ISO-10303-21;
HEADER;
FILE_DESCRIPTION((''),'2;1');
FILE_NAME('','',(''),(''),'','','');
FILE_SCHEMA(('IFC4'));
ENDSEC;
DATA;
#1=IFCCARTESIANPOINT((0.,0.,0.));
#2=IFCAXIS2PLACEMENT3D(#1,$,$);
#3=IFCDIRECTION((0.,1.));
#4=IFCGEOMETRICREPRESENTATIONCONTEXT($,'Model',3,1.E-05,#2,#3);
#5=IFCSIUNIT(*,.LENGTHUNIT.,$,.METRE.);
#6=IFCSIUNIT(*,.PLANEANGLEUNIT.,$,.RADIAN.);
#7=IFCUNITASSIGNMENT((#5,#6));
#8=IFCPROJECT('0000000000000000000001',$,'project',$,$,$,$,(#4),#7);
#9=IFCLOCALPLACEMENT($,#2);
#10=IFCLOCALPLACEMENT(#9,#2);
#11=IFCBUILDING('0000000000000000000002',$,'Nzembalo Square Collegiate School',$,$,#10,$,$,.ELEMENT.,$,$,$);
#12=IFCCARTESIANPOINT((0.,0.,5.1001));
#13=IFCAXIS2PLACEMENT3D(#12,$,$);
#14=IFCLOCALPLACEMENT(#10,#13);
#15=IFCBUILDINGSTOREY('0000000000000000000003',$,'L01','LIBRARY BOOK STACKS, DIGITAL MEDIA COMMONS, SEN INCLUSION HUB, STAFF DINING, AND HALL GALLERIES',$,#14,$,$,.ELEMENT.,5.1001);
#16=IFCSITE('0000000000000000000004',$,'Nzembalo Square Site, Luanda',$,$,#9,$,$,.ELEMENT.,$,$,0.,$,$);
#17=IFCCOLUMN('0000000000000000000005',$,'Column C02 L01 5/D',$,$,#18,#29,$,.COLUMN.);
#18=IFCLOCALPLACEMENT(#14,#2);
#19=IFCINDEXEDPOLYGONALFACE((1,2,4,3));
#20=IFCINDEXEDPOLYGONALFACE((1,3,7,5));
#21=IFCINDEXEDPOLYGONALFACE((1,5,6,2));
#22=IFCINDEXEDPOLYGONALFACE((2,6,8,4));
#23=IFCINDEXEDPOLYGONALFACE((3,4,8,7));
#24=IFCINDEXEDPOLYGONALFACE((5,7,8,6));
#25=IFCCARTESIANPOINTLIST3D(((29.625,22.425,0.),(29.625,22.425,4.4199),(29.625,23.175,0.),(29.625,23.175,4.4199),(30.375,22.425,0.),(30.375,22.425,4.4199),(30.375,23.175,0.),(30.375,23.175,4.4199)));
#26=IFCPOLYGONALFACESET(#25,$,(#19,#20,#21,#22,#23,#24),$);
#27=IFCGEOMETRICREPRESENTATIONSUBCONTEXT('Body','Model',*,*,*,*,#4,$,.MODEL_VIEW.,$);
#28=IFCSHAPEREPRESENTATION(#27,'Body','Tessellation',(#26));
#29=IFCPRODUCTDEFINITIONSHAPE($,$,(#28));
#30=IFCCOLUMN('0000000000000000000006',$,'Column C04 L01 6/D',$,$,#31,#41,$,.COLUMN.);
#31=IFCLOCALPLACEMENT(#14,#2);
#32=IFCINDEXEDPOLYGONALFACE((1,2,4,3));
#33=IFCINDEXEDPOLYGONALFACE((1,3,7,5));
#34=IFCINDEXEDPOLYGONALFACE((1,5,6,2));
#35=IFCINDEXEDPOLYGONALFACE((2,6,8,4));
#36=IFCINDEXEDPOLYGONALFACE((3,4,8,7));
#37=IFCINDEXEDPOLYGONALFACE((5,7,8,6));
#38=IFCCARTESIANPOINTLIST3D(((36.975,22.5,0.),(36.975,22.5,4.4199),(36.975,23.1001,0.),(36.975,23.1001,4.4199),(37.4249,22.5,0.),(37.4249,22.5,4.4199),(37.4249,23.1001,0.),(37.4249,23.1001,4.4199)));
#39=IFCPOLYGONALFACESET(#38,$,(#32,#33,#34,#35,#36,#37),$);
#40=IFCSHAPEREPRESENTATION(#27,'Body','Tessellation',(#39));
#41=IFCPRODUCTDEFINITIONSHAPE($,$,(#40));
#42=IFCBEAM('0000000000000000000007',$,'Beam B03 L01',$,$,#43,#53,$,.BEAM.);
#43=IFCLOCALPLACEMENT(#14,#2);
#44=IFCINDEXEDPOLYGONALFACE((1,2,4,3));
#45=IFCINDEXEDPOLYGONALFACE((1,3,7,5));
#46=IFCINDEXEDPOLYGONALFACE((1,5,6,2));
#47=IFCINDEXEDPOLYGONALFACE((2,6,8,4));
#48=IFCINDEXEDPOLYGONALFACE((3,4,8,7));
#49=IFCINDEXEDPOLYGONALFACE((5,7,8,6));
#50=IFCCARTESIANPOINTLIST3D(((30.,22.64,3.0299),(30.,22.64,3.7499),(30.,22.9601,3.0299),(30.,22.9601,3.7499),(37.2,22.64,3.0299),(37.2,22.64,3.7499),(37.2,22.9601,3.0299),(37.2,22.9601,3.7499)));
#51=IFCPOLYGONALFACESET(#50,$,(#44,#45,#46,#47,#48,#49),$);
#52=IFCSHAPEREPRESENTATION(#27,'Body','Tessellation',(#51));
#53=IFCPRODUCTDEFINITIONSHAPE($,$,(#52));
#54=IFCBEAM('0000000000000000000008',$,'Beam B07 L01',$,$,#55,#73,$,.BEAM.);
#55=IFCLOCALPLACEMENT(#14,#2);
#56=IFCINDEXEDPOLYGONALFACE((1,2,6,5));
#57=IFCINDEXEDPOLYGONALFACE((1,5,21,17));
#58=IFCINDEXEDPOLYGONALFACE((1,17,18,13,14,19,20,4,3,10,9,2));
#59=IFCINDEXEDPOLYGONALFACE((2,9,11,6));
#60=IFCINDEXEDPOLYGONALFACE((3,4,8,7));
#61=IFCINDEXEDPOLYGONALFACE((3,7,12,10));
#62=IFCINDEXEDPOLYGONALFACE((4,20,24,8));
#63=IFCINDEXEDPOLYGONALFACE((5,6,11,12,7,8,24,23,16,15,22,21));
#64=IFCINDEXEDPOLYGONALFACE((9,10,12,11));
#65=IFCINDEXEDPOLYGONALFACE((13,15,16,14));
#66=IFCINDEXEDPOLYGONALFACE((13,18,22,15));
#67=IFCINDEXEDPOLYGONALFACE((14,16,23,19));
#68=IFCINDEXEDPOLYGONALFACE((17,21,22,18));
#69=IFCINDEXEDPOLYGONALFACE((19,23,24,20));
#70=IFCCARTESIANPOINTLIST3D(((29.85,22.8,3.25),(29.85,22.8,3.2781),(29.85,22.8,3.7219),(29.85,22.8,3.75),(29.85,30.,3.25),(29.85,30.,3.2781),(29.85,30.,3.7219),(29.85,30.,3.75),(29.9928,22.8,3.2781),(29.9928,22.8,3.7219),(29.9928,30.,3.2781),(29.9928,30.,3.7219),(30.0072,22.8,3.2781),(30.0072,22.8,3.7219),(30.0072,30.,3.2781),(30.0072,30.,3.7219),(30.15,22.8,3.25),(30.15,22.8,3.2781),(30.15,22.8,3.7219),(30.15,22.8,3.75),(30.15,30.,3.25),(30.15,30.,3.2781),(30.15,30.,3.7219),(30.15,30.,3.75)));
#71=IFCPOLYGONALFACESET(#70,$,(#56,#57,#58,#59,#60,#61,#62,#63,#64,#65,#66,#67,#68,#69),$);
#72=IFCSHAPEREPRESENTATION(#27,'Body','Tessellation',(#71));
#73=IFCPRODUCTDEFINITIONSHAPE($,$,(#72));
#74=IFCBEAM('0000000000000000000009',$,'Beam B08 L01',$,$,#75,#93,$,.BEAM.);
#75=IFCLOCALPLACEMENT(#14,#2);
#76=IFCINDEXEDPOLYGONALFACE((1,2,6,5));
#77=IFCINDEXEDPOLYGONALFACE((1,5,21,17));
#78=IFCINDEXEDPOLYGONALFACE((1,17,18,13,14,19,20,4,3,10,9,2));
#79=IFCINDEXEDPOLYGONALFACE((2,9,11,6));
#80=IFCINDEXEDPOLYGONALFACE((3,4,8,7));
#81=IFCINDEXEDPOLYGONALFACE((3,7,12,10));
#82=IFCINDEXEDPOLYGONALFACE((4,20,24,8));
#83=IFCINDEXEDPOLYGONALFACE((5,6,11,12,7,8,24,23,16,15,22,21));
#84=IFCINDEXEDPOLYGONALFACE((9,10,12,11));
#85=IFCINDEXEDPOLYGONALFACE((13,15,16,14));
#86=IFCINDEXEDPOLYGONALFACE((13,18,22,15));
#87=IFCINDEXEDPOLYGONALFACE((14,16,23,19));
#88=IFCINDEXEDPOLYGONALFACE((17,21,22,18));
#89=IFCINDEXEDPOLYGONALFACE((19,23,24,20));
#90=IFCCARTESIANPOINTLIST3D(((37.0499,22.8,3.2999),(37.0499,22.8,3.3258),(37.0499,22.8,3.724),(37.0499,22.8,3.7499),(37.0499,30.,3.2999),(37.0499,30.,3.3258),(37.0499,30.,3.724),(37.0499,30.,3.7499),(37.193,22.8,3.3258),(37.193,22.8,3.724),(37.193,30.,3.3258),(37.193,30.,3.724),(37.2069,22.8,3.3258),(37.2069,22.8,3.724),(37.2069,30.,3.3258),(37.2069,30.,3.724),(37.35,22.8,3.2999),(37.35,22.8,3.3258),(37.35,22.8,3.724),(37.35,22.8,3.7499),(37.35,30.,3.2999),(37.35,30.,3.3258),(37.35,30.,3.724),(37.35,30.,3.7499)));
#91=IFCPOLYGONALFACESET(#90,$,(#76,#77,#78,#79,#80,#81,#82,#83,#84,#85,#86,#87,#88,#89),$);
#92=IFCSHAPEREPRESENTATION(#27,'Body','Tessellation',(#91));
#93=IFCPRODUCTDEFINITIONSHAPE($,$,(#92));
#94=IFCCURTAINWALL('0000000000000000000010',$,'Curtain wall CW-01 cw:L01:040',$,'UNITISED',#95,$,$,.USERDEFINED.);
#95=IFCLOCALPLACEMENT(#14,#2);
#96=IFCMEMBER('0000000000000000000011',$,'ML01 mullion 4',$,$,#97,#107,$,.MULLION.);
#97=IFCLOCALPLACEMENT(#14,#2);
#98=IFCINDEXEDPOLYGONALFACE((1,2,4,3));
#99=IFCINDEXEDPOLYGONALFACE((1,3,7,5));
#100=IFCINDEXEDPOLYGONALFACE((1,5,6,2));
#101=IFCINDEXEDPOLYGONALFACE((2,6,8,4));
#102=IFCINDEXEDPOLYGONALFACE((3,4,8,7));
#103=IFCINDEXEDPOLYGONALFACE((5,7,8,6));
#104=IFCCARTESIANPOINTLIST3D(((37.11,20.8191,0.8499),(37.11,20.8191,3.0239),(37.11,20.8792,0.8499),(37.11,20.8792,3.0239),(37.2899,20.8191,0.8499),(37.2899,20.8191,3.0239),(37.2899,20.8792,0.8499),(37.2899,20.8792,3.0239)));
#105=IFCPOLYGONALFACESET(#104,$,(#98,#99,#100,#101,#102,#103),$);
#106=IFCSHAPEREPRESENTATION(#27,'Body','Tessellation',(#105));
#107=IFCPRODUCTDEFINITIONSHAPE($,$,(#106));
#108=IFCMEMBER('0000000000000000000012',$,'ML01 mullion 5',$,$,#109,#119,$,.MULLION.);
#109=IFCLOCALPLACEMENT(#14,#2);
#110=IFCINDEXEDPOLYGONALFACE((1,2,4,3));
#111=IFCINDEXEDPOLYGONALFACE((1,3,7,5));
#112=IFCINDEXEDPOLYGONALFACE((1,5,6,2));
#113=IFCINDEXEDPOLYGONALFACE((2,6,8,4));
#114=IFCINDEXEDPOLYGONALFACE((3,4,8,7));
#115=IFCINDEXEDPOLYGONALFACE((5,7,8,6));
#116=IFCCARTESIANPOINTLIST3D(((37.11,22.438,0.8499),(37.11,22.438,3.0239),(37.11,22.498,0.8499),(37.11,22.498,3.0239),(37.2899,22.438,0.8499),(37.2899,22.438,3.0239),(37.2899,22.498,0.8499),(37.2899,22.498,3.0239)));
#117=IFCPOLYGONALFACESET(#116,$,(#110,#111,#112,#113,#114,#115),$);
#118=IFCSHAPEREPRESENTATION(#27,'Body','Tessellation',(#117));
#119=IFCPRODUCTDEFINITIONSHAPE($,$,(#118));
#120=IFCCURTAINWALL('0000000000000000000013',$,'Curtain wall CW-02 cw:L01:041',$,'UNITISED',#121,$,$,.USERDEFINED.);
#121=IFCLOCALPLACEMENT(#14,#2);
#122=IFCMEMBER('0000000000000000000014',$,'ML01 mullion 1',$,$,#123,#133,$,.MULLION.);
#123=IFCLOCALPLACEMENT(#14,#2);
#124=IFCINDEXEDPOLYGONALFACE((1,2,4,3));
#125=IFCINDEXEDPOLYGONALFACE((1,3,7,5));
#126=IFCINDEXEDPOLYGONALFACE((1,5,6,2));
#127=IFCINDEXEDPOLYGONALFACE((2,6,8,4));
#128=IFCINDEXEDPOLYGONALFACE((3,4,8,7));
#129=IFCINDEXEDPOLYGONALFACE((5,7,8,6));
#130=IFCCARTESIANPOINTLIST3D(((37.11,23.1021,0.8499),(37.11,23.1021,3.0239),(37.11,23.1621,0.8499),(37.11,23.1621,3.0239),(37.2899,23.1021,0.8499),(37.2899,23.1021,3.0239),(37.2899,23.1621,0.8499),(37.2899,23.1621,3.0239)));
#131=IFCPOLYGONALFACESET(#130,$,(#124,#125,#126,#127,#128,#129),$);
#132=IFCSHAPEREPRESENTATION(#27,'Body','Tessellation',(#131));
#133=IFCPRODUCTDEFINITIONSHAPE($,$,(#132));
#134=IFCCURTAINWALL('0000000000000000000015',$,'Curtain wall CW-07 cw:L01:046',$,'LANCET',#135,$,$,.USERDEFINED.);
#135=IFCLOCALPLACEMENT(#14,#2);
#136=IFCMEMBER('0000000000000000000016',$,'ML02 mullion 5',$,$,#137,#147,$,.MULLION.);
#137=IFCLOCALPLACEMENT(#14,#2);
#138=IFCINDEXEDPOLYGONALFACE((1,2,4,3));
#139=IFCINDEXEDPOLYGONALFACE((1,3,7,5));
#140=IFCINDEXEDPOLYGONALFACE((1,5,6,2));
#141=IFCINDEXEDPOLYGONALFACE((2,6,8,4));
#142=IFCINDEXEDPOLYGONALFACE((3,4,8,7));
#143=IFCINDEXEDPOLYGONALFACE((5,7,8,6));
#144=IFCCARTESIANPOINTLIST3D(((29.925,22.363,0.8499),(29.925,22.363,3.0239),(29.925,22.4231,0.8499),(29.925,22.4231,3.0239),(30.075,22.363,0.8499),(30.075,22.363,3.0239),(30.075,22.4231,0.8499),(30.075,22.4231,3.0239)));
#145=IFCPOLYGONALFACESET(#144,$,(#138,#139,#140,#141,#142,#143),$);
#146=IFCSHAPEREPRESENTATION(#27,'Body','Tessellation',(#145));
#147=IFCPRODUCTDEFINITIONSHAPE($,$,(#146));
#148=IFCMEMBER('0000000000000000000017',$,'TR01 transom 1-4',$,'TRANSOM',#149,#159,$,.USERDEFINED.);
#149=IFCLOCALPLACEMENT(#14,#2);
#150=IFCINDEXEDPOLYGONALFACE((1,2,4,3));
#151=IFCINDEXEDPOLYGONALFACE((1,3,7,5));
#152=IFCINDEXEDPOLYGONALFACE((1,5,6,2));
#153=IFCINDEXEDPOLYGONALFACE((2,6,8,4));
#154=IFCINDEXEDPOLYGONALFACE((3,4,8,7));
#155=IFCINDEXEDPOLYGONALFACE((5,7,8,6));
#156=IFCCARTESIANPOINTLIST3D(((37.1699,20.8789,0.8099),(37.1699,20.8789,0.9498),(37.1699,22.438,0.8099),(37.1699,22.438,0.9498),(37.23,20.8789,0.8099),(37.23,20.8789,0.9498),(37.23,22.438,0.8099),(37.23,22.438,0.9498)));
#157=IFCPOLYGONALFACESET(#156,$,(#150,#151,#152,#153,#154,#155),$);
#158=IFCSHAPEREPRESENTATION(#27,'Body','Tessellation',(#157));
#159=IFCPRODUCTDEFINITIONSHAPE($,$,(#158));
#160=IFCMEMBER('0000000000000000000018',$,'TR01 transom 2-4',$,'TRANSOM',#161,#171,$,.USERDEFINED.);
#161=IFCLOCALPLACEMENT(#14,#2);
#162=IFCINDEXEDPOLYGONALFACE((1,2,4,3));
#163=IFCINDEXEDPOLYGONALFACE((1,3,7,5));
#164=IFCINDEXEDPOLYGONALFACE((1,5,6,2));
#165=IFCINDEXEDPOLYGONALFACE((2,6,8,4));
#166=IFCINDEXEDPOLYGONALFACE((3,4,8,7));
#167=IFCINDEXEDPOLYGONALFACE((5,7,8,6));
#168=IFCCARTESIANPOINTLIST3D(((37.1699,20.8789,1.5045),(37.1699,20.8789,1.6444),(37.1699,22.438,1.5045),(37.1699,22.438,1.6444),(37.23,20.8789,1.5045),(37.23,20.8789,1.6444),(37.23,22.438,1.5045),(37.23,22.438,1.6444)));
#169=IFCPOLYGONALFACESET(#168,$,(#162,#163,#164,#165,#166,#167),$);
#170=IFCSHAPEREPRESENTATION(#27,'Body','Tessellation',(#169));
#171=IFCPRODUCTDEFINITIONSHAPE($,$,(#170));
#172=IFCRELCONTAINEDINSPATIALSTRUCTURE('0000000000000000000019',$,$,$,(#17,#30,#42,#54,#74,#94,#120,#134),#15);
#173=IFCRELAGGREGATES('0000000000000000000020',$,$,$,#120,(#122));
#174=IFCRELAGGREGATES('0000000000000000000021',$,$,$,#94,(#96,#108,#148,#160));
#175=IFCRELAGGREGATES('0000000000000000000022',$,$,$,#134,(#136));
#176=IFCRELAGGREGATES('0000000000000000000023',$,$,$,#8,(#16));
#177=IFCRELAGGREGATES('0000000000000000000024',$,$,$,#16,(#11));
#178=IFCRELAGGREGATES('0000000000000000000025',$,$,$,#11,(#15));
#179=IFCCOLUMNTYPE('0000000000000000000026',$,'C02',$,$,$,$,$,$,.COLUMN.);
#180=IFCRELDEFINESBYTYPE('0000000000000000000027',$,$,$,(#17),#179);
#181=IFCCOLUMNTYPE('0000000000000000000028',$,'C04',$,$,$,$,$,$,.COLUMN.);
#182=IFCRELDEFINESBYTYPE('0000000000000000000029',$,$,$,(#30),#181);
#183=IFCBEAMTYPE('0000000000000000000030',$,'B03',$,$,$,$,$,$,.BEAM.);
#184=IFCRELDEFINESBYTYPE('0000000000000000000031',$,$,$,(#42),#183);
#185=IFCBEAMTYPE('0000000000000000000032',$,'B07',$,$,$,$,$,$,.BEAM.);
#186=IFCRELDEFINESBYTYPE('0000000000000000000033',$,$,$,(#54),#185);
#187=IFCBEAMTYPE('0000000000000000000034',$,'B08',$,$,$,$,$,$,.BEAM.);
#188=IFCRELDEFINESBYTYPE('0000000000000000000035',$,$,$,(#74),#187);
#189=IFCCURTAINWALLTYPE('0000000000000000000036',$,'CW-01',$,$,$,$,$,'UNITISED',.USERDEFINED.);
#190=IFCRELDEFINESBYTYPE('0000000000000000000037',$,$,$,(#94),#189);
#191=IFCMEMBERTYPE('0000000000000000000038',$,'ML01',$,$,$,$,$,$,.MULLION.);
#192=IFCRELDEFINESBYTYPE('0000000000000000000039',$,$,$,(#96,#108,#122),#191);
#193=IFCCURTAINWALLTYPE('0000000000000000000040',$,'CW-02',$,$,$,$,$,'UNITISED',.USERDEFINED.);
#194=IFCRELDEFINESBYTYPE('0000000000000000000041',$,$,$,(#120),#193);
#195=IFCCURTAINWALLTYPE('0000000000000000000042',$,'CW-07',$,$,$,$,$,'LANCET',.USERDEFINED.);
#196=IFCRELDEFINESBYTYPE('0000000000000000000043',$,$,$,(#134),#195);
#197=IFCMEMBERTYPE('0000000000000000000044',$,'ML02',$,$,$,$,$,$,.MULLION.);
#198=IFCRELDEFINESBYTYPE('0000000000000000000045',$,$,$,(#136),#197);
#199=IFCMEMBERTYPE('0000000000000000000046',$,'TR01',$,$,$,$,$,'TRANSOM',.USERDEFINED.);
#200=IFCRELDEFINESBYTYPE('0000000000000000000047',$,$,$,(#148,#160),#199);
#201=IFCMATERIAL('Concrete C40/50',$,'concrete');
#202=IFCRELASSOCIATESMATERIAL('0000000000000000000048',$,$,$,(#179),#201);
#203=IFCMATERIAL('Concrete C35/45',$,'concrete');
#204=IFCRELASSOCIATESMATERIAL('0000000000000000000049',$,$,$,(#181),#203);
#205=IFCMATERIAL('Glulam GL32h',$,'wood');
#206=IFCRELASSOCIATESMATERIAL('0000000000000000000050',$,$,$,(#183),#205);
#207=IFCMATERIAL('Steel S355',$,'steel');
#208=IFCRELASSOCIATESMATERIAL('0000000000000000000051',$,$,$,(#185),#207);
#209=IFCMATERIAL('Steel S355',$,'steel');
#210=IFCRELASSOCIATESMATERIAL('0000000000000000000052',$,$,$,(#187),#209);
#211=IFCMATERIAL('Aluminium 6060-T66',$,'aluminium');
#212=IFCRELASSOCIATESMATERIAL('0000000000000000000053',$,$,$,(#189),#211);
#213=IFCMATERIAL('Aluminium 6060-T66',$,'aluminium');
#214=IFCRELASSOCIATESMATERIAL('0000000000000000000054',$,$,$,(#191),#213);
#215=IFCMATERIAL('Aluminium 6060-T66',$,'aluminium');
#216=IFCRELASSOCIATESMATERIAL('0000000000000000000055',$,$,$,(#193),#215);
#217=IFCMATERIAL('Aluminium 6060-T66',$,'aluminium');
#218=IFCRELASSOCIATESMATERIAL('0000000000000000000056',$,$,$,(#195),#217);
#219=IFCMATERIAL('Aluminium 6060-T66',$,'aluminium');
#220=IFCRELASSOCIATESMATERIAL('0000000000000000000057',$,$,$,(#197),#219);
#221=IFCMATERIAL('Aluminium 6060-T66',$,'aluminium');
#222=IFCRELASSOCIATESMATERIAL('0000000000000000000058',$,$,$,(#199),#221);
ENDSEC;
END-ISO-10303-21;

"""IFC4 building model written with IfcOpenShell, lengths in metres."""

from ifc_helpers import new_model, si_unit, direction, frame, origin, origin_2d, place, context, subcontext, project, spatial, rectangle, i_section, extrude, material, material_profile, profile_set, type_object, element, aggregate, save


model = new_model("IFC4")

# Units and contexts
model_context = context("Model", 3, precision=1e-05, world=origin(), true_north=direction((0.0, 1.0)))
body_context = subcontext(model_context, "Body", "Model", "MODEL_VIEW")
ifc_project = project(units=[si_unit("LENGTHUNIT", "METRE"), si_unit("PLANEANGLEUNIT", "RADIAN")], contexts=[model_context])

# Site, building, storey
site_placement = place(None, origin())
site = spatial("IfcSite", under=ifc_project, at=site_placement, Name="Nzembalo Square Site, Luanda", CompositionType="ELEMENT", RefElevation=0.0)
building_placement = place(site_placement, origin())
building = spatial("IfcBuilding", under=site, at=building_placement, Name="Nzembalo Square Collegiate School", CompositionType="ELEMENT")
storey_placement = place(building_placement, frame((0.0, 0.0, 5.1001)))
storey = spatial("IfcBuildingStorey", under=building, at=storey_placement, Name="L01", Description="LIBRARY BOOK STACKS, DIGITAL MEDIA COMMONS, SEN INCLUSION HUB, STAFF DINING, AND HALL GALLERIES", CompositionType="ELEMENT", Elevation=5.1001)

# Columns
ifc_material_1 = material(Name="Concrete C40/50", Category="concrete")
ifc_material_profile_1 = material_profile(ifc_material_1, rectangle(XDim=0.75, YDim=0.75, at=origin_2d()), Name="RC 750x750")
ifc_profile_set_1 = profile_set([ifc_material_profile_1], Name="Concrete C40/50")
column_type_1 = type_object("IfcColumnType", Name="C02", PredefinedType="COLUMN", material=ifc_profile_set_1)
column_1_placement = place(storey_placement, frame((30.0, 22.8, 0.0), z_axis=(0.0, 0.0, 1.0), x_axis=(1.0, 0.0, 0.0)))
element("IfcColumn", 1, at=column_1_placement, inside=storey, type_object=column_type_1, Name="Column C02 L01 5/D", PredefinedType="COLUMN", context=body_context, shape_type="SweptSolid", body=[
    extrude(rectangle(XDim=0.75, YDim=0.75, at=origin_2d()), origin(), (0.0, 0.0, 1.0), 4.4199),
])
ifc_material_2 = material(Name="Concrete C35/45", Category="concrete")
ifc_material_profile_2 = material_profile(ifc_material_2, rectangle(XDim=0.45, YDim=0.6001, at=origin_2d()), Name="RC 450x600")
ifc_profile_set_2 = profile_set([ifc_material_profile_2], Name="Concrete C35/45")
column_type_2 = type_object("IfcColumnType", Name="C04", PredefinedType="COLUMN", material=ifc_profile_set_2)
column_2_placement = place(storey_placement, frame((37.2, 22.8, 0.0), z_axis=(0.0, 0.0, 1.0), x_axis=(1.0, 0.0, 0.0)))
element("IfcColumn", 2, at=column_2_placement, inside=storey, type_object=column_type_2, Name="Column C04 L01 6/D", PredefinedType="COLUMN", context=body_context, shape_type="SweptSolid", body=[
    extrude(rectangle(XDim=0.45, YDim=0.6001, at=origin_2d()), origin(), (0.0, 0.0, 1.0), 4.4199),
])

# Beams
ifc_material_3 = material(Name="Glulam GL32h", Category="wood")
ifc_material_profile_3 = material_profile(ifc_material_3, rectangle(XDim=0.3201, YDim=0.72, at=origin_2d()), Name="GL32h 320x720")
ifc_profile_set_3 = profile_set([ifc_material_profile_3], Name="Glulam GL32h")
beam_type_1 = type_object("IfcBeamType", Name="B03", PredefinedType="BEAM", material=ifc_profile_set_3)
beam_1_placement = place(storey_placement, frame((30.0, 22.8, 3.3899), z_axis=(1.0, 0.0, 0.0), x_axis=(0.0, 1.0, 0.0)))
element("IfcBeam", 3, at=beam_1_placement, inside=storey, type_object=beam_type_1, Name="Beam B03 L01", PredefinedType="BEAM", context=body_context, shape_type="SweptSolid", body=[
    extrude(rectangle(XDim=0.3201, YDim=0.72, at=origin_2d()), origin(), (0.0, 0.0, 1.0), 7.2),
])
ifc_material_4 = material(Name="Steel S355", Category="steel")
ifc_material_profile_4 = material_profile(ifc_material_4, i_section(OverallWidth=0.3, OverallDepth=0.5, WebThickness=0.0144, FlangeThickness=0.0281, at=origin_2d()), Name="HEB 500")
ifc_profile_set_4 = profile_set([ifc_material_profile_4], Name="Steel S355")
beam_type_2 = type_object("IfcBeamType", Name="B07", PredefinedType="BEAM", material=ifc_profile_set_4)
beam_2_placement = place(storey_placement, frame((30.0, 22.8, 3.5), z_axis=(0.0, 1.0, 0.0), x_axis=(-1.0, 0.0, 0.0)))
element("IfcBeam", 4, at=beam_2_placement, inside=storey, type_object=beam_type_2, Name="Beam B07 L01", PredefinedType="BEAM", context=body_context, shape_type="SweptSolid", body=[
    extrude(i_section(OverallWidth=0.3, OverallDepth=0.5, WebThickness=0.0144, FlangeThickness=0.0281, at=origin_2d()), origin(), (0.0, 0.0, 1.0), 7.2),
])
ifc_material_5 = material(Name="Steel S355", Category="steel")
ifc_material_profile_5 = material_profile(ifc_material_5, i_section(OverallWidth=0.3, OverallDepth=0.45, WebThickness=0.0139, FlangeThickness=0.0259, at=origin_2d()), Name="HEB 450")
ifc_profile_set_5 = profile_set([ifc_material_profile_5], Name="Steel S355")
beam_type_3 = type_object("IfcBeamType", Name="B08", PredefinedType="BEAM", material=ifc_profile_set_5)
beam_3_placement = place(storey_placement, frame((37.2, 22.8, 3.5249), z_axis=(0.0, 1.0, 0.0), x_axis=(-1.0, 0.0, 0.0)))
element("IfcBeam", 5, at=beam_3_placement, inside=storey, type_object=beam_type_3, Name="Beam B08 L01", PredefinedType="BEAM", context=body_context, shape_type="SweptSolid", body=[
    extrude(i_section(OverallWidth=0.3, OverallDepth=0.45, WebThickness=0.0139, FlangeThickness=0.0259, at=origin_2d()), origin(), (0.0, 0.0, 1.0), 7.2),
])

# Curtain wall, members
ifc_material_6 = material(Name="Aluminium 6060-T66", Category="aluminium")
curtain_wall_type_1 = type_object("IfcCurtainWallType", Name="CW-01", ElementType="UNITISED", PredefinedType="USERDEFINED", material=ifc_material_6)
curtain_wall_1_placement = place(storey_placement, origin())
curtain_wall_1 = element("IfcCurtainWall", 6, at=curtain_wall_1_placement, inside=storey, type_object=curtain_wall_type_1, Name="Curtain wall CW-01 cw:L01:040", ObjectType="UNITISED", PredefinedType="USERDEFINED")
ifc_material_7 = material(Name="Aluminium 6060-T66", Category="aluminium")
ifc_material_profile_6 = material_profile(ifc_material_7, rectangle(XDim=0.0601, YDim=0.1799, at=origin_2d()), Name="ALU M60x180")
ifc_profile_set_6 = profile_set([ifc_material_profile_6], Name="Aluminium 6060-T66")
member_type_1 = type_object("IfcMemberType", Name="ML01", PredefinedType="MULLION", material=ifc_profile_set_6)
member_1_placement = place(storey_placement, frame((37.2, 20.8491, 0.8499), z_axis=(0.0, 0.0, 1.0), x_axis=(0.0, 1.0, 0.0)))
member_1 = element("IfcMember", 7, at=member_1_placement, type_object=member_type_1, Name="ML01 mullion 4", PredefinedType="MULLION", context=body_context, shape_type="SweptSolid", body=[
    extrude(rectangle(XDim=0.0601, YDim=0.1799, at=origin_2d()), origin(), (0.0, 0.0, 1.0), 2.1741),
])
member_2_placement = place(storey_placement, frame((37.2, 22.468, 0.8499), z_axis=(0.0, 0.0, 1.0), x_axis=(0.0, 1.0, 0.0)))
member_2 = element("IfcMember", 8, at=member_2_placement, type_object=member_type_1, Name="ML01 mullion 5", PredefinedType="MULLION", context=body_context, shape_type="SweptSolid", body=[
    extrude(rectangle(XDim=0.0601, YDim=0.1799, at=origin_2d()), origin(), (0.0, 0.0, 1.0), 2.1741),
])

# Curtain walls, members
ifc_material_8 = material(Name="Aluminium 6060-T66", Category="aluminium")
curtain_wall_type_2 = type_object("IfcCurtainWallType", Name="CW-02", ElementType="UNITISED", PredefinedType="USERDEFINED", material=ifc_material_8)
curtain_wall_2_placement = place(storey_placement, origin())
curtain_wall_2 = element("IfcCurtainWall", 9, at=curtain_wall_2_placement, inside=storey, type_object=curtain_wall_type_2, Name="Curtain wall CW-02 cw:L01:041", ObjectType="UNITISED", PredefinedType="USERDEFINED")
member_3_placement = place(storey_placement, frame((37.2, 23.1321, 0.8499), z_axis=(0.0, 0.0, 1.0), x_axis=(0.0, 1.0, 0.0)))
member_3 = element("IfcMember", 10, at=member_3_placement, type_object=member_type_1, Name="ML01 mullion 1", PredefinedType="MULLION", context=body_context, shape_type="SweptSolid", body=[
    extrude(rectangle(XDim=0.0601, YDim=0.1799, at=origin_2d()), origin(), (0.0, 0.0, 1.0), 2.1741),
])
aggregate(curtain_wall_2, [member_3])
ifc_material_9 = material(Name="Aluminium 6060-T66", Category="aluminium")
curtain_wall_type_3 = type_object("IfcCurtainWallType", Name="CW-07", ElementType="LANCET", PredefinedType="USERDEFINED", material=ifc_material_9)
curtain_wall_3_placement = place(storey_placement, origin())
curtain_wall_3 = element("IfcCurtainWall", 11, at=curtain_wall_3_placement, inside=storey, type_object=curtain_wall_type_3, Name="Curtain wall CW-07 cw:L01:046", ObjectType="LANCET", PredefinedType="USERDEFINED")
ifc_material_10 = material(Name="Aluminium 6060-T66", Category="aluminium")
ifc_material_profile_7 = material_profile(ifc_material_10, rectangle(XDim=0.0601, YDim=0.1499, at=origin_2d()), Name="ALU M60x150")
ifc_profile_set_7 = profile_set([ifc_material_profile_7], Name="Aluminium 6060-T66")
member_type_2 = type_object("IfcMemberType", Name="ML02", PredefinedType="MULLION", material=ifc_profile_set_7)
member_4_placement = place(storey_placement, frame((30.0, 22.3931, 0.8499), z_axis=(0.0, 0.0, 1.0), x_axis=(0.0, 1.0, 0.0)))
member_4 = element("IfcMember", 12, at=member_4_placement, type_object=member_type_2, Name="ML02 mullion 5", PredefinedType="MULLION", context=body_context, shape_type="SweptSolid", body=[
    extrude(rectangle(XDim=0.0601, YDim=0.1499, at=origin_2d()), origin(), (0.0, 0.0, 1.0), 2.1741),
])

# Members
ifc_material_11 = material(Name="Aluminium 6060-T66", Category="aluminium")
ifc_material_profile_8 = material_profile(ifc_material_11, rectangle(XDim=0.0601, YDim=0.1399, at=origin_2d()), Name="ALU T60x140")
ifc_profile_set_8 = profile_set([ifc_material_profile_8], Name="Aluminium 6060-T66")
member_type_3 = type_object("IfcMemberType", Name="TR01", ElementType="TRANSOM", PredefinedType="USERDEFINED", material=ifc_profile_set_8)
member_5_placement = place(storey_placement, frame((37.2, 20.8789, 0.8799), z_axis=(0.0, 1.0, 0.0), x_axis=(-1.0, 0.0, 0.0)))
member_5 = element("IfcMember", 13, at=member_5_placement, type_object=member_type_3, Name="TR01 transom 1-4", ObjectType="TRANSOM", PredefinedType="USERDEFINED", context=body_context, shape_type="SweptSolid", body=[
    extrude(rectangle(XDim=0.0601, YDim=0.1399, at=origin_2d()), origin(), (0.0, 0.0, 1.0), 1.5591),
])
member_6_placement = place(storey_placement, frame((37.2, 20.8789, 1.5745), z_axis=(0.0, 1.0, 0.0), x_axis=(-1.0, 0.0, 0.0)))
member_6 = element("IfcMember", 14, at=member_6_placement, type_object=member_type_3, Name="TR01 transom 2-4", ObjectType="TRANSOM", PredefinedType="USERDEFINED", context=body_context, shape_type="SweptSolid", body=[
    extrude(rectangle(XDim=0.0601, YDim=0.1399, at=origin_2d()), origin(), (0.0, 0.0, 1.0), 1.5591),
])

aggregate(curtain_wall_1, [member_1, member_2, member_5, member_6])
aggregate(curtain_wall_3, [member_4])

save(model, "model.ifc")
